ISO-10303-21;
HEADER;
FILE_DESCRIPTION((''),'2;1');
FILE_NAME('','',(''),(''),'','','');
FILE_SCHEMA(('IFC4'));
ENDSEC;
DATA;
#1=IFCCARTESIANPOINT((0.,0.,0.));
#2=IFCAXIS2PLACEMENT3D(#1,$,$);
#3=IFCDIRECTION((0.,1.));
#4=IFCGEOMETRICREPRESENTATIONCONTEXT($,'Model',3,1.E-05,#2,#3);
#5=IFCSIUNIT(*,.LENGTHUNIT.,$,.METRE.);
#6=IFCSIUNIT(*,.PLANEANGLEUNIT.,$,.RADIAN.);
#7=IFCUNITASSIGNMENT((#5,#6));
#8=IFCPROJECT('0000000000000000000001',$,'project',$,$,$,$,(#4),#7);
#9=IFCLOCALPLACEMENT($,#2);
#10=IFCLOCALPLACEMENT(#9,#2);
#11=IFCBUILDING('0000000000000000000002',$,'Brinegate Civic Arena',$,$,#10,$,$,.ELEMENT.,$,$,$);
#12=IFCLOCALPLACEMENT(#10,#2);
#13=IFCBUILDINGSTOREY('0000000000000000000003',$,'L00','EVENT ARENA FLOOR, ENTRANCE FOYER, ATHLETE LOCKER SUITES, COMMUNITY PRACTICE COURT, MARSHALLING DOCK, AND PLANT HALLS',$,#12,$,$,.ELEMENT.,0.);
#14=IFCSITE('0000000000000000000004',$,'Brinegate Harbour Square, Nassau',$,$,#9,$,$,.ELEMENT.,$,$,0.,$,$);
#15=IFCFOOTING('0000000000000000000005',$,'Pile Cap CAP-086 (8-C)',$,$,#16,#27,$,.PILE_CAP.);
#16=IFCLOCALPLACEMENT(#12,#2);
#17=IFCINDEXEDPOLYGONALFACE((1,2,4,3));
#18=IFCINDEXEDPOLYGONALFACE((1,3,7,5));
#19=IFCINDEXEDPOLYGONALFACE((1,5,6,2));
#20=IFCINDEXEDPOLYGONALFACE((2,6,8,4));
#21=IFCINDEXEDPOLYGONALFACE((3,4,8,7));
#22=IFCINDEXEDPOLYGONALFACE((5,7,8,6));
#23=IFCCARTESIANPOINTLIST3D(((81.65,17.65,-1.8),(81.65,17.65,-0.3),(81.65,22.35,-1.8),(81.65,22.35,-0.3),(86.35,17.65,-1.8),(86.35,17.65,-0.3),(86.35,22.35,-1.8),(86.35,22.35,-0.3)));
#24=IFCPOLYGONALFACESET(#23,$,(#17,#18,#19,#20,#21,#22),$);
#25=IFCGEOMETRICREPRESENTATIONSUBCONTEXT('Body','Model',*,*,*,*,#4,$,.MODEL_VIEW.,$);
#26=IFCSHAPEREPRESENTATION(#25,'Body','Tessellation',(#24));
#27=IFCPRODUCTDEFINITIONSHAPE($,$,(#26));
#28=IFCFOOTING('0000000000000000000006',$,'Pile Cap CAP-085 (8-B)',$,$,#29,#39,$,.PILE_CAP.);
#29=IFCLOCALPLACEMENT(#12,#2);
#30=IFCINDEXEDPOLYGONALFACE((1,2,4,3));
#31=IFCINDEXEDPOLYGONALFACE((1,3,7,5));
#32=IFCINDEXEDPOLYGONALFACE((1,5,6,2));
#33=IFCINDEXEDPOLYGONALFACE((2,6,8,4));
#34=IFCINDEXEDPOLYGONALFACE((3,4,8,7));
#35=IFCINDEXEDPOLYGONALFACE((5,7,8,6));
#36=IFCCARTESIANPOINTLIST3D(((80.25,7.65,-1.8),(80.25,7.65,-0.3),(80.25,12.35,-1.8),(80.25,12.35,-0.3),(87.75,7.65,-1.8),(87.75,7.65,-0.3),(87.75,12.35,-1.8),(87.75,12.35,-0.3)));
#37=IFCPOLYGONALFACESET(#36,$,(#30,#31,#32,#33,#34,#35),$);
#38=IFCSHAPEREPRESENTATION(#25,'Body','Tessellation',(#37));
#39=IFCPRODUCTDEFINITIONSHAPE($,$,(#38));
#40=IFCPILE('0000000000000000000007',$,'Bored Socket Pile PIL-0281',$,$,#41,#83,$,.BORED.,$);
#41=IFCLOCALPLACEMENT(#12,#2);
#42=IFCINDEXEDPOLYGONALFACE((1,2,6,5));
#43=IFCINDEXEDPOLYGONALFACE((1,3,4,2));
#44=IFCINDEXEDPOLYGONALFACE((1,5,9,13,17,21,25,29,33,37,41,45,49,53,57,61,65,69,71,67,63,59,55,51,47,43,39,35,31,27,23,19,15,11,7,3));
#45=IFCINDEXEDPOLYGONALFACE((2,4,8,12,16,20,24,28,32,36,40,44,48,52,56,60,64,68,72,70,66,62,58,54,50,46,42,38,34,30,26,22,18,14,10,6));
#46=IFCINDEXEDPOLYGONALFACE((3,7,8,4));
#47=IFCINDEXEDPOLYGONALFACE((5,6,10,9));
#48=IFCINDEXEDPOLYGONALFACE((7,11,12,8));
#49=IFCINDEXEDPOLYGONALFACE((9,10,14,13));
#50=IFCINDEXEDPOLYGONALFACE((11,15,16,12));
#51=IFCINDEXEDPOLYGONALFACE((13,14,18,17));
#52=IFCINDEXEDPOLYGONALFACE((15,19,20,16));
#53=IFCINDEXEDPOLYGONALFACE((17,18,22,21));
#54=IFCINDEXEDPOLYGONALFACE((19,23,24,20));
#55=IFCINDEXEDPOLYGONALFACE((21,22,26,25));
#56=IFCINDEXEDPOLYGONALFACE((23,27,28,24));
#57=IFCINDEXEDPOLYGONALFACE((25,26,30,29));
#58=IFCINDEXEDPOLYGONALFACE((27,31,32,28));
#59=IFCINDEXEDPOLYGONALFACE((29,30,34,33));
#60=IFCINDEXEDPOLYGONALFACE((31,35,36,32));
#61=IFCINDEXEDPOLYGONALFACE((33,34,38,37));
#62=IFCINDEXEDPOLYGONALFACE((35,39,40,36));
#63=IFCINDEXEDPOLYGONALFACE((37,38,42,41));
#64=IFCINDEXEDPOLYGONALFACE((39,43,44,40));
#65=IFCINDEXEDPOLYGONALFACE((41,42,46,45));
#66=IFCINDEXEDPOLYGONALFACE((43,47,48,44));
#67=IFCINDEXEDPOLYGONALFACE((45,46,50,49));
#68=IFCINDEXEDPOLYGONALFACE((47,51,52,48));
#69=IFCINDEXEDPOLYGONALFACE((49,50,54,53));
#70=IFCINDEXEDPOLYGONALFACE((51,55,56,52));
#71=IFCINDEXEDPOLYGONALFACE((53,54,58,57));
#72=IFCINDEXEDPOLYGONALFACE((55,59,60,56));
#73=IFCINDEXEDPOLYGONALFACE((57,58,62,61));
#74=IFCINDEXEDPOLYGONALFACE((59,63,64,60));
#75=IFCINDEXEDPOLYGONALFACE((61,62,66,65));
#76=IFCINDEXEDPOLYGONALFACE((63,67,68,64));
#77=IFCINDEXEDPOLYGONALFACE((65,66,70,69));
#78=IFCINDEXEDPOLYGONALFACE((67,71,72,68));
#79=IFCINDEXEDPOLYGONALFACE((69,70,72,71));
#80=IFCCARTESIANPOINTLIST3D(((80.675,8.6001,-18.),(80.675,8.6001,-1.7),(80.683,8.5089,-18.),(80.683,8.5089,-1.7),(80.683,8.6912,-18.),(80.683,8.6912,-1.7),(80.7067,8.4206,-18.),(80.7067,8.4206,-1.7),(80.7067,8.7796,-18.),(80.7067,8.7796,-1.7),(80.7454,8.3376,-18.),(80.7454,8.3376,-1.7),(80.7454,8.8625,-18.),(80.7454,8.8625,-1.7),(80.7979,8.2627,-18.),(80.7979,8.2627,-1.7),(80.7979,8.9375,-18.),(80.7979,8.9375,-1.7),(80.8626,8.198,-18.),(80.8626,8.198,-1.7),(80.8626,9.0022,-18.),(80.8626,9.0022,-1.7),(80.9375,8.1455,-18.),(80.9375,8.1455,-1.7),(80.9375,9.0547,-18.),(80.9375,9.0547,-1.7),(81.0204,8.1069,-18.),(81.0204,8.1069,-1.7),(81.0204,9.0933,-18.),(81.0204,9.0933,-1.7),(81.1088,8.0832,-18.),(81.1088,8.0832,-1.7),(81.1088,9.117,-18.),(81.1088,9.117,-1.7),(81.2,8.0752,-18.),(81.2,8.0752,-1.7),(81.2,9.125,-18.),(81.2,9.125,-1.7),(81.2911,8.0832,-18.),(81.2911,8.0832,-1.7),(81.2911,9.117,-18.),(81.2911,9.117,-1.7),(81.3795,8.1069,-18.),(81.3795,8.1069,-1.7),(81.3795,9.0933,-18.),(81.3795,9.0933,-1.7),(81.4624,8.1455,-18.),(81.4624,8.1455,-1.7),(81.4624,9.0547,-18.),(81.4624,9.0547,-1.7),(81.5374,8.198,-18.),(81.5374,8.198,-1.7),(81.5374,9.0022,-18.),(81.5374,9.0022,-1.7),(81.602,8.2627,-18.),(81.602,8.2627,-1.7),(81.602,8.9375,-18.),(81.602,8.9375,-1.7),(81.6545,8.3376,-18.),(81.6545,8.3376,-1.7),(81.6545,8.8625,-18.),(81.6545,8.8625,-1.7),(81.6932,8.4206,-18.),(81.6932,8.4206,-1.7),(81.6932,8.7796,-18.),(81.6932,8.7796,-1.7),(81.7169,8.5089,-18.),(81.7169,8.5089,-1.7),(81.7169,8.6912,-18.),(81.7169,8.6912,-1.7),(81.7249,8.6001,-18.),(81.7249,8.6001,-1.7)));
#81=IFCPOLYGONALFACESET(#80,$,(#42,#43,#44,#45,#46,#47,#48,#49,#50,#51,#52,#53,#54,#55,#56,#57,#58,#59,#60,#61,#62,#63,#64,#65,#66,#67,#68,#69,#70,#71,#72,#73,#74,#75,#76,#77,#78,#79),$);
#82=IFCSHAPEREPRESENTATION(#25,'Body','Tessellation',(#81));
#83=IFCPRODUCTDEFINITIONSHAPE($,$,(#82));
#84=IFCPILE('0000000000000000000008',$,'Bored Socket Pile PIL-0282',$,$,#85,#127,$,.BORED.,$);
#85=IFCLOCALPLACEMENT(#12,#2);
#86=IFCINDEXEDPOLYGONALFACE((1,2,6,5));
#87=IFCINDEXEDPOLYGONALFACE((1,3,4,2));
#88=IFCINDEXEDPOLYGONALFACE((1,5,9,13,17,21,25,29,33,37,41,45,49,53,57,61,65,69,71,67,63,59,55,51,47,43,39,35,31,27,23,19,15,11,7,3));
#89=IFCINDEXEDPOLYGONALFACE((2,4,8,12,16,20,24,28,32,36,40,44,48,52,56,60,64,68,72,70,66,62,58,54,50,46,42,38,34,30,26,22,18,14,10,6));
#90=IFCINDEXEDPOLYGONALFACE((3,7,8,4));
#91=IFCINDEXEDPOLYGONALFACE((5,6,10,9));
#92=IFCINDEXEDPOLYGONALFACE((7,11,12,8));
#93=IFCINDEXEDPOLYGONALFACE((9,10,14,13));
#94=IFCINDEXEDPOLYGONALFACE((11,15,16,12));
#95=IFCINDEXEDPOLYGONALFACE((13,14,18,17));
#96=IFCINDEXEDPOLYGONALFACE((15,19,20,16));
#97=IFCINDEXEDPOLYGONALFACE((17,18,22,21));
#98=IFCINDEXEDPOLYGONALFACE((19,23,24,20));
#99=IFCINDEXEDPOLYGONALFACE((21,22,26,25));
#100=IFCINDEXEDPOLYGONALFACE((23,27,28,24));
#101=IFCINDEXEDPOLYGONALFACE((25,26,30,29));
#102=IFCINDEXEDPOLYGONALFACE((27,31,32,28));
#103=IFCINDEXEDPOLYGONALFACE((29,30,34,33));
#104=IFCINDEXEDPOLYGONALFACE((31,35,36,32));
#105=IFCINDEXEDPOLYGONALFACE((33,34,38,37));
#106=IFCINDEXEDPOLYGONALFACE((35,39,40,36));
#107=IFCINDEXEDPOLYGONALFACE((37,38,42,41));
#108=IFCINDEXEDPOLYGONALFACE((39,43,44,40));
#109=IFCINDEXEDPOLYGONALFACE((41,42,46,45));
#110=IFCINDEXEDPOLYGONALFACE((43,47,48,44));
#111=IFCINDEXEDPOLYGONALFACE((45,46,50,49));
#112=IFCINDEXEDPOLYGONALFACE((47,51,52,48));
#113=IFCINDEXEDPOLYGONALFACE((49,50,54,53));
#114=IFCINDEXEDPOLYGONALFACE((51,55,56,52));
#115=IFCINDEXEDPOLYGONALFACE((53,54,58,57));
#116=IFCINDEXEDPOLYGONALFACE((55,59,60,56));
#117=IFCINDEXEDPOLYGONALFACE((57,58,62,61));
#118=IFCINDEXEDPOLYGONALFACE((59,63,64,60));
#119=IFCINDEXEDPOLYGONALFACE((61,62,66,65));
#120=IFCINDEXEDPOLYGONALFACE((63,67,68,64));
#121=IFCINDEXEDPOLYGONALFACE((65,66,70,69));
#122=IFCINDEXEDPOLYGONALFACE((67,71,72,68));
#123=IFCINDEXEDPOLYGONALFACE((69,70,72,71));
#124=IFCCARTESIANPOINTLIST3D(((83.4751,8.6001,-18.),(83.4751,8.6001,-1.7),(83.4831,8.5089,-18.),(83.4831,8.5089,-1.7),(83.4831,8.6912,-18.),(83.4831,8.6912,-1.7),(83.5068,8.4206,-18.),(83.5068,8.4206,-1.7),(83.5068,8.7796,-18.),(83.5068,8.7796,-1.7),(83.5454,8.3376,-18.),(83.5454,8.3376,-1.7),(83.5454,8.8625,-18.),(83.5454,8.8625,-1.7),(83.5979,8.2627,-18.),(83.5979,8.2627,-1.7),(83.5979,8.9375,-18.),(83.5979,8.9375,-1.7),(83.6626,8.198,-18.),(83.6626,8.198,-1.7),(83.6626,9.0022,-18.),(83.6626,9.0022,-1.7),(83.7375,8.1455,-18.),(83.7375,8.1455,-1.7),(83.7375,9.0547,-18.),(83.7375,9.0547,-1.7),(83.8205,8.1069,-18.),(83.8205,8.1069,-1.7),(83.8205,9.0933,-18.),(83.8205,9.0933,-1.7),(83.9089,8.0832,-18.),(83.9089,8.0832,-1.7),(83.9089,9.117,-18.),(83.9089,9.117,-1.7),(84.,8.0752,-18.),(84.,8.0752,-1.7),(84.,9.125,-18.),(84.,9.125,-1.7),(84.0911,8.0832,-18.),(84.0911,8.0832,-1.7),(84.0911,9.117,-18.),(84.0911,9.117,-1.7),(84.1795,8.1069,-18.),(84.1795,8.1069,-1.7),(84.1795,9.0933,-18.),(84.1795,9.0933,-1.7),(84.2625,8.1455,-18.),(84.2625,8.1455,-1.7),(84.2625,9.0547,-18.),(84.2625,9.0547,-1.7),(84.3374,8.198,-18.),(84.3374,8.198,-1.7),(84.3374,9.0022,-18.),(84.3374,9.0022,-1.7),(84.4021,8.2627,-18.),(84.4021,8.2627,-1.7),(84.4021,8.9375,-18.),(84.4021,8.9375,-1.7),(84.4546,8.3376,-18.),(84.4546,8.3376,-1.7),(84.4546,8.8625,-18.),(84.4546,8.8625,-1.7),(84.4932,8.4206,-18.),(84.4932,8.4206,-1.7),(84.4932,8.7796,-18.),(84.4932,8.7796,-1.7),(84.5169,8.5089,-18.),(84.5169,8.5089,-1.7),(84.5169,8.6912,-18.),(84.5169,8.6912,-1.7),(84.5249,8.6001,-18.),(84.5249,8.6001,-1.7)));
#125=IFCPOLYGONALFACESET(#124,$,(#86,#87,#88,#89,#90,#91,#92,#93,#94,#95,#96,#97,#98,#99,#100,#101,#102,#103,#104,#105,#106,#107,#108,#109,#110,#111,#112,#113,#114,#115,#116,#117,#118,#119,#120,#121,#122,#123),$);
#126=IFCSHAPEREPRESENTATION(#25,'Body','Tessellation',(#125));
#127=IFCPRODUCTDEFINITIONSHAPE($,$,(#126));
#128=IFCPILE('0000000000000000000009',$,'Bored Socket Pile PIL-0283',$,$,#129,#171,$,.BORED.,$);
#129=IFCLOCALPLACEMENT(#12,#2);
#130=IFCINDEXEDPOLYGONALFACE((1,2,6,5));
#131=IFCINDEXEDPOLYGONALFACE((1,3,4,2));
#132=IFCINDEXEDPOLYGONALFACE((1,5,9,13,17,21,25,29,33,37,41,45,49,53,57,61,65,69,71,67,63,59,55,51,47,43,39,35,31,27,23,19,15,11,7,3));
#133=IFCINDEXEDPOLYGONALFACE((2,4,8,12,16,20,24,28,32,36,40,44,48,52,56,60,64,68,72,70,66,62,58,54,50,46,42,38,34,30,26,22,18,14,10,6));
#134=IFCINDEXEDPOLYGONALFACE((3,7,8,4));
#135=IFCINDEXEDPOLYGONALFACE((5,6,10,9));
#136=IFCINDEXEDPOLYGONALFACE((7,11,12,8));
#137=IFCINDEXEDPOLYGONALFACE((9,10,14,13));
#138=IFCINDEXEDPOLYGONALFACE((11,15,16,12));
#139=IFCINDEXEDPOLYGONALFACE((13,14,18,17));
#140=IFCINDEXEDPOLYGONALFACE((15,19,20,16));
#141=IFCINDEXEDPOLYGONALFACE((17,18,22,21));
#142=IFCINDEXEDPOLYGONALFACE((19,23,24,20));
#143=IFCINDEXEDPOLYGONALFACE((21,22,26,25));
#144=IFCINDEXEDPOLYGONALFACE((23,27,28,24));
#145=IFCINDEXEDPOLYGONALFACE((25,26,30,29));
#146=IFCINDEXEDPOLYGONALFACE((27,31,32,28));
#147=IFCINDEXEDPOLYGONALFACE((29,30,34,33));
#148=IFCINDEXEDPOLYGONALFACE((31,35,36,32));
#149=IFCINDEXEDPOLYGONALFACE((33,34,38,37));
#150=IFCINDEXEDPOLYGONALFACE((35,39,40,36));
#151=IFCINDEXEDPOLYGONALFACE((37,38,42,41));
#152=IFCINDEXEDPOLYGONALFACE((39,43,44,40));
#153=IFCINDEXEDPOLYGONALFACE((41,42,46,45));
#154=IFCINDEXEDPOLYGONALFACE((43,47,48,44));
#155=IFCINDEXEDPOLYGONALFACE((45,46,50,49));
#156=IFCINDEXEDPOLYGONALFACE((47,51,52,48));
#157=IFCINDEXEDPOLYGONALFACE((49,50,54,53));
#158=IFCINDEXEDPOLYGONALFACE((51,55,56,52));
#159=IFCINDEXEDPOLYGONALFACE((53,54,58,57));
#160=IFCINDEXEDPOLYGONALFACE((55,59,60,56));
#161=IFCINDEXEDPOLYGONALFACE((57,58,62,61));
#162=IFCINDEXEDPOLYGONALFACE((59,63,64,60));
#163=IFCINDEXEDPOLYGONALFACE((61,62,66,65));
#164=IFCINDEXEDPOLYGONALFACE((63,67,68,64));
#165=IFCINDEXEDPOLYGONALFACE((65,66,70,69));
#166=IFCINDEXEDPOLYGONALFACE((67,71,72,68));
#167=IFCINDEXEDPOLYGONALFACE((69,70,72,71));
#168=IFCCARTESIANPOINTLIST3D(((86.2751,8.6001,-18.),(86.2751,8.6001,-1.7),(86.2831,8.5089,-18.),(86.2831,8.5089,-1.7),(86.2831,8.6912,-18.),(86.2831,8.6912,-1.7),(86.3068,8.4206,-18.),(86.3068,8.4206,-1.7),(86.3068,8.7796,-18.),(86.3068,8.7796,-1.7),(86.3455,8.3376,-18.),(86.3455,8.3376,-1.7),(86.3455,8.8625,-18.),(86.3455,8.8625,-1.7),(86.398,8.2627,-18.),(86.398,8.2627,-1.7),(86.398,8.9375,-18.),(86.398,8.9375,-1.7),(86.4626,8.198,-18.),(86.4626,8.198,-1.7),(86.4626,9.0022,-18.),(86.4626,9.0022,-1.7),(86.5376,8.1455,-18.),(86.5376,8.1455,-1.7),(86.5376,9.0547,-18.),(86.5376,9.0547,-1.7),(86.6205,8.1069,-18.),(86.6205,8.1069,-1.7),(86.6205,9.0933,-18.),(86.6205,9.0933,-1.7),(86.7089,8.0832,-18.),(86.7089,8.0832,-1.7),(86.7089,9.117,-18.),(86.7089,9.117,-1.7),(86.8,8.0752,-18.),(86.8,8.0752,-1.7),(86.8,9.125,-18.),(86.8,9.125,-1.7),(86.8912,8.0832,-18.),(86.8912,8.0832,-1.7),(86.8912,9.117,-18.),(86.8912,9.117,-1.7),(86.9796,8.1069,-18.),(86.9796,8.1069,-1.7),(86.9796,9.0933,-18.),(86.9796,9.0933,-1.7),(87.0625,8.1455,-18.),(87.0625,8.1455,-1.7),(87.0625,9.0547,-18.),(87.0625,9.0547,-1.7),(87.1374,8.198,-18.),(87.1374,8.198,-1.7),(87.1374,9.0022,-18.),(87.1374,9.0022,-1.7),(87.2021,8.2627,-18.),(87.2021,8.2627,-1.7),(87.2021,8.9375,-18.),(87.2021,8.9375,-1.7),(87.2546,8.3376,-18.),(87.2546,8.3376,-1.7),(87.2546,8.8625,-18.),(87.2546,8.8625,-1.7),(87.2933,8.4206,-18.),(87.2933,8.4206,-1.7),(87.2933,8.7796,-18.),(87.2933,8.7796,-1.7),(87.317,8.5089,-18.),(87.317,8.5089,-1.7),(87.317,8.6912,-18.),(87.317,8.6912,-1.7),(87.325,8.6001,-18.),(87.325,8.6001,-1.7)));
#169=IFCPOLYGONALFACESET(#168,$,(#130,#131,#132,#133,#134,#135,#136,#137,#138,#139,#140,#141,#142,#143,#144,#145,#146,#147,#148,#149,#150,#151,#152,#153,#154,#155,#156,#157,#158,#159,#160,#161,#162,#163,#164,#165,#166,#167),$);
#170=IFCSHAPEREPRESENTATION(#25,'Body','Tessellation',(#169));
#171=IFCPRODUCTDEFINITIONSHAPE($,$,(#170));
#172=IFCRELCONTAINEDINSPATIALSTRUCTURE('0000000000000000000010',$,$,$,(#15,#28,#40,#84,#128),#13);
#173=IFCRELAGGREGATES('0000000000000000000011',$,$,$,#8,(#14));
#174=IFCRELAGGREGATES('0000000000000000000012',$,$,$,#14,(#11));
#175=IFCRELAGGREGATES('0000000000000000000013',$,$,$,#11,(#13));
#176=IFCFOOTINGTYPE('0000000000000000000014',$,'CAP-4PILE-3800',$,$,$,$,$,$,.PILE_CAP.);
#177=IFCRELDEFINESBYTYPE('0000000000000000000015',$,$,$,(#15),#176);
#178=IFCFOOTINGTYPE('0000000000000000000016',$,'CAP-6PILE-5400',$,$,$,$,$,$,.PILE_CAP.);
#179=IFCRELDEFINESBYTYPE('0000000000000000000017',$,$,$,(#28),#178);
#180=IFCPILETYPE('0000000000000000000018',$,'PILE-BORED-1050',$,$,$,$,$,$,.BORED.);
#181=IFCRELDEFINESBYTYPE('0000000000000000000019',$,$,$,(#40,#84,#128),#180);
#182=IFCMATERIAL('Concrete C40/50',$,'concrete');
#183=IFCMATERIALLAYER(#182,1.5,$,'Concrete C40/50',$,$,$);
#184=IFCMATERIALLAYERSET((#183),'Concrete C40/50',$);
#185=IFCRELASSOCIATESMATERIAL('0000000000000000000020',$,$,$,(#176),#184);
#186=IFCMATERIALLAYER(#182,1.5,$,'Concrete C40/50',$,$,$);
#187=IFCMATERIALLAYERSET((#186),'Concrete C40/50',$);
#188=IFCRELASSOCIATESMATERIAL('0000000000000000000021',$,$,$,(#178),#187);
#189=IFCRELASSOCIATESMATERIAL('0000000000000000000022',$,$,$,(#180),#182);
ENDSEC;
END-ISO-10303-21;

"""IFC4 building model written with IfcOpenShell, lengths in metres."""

from ifc_helpers import new_model, si_unit, direction, frame, origin, origin_2d, place, context, subcontext, project, spatial, rectangle, circle, extrude, material, layer, layer_set, material_profile, profile_set, type_object, element, save


model = new_model("IFC4")

# Units and contexts
model_context = context("Model", 3, precision=1e-05, world=origin(), true_north=direction((0.0, 1.0)))
body_context = subcontext(model_context, "Body", "Model", "MODEL_VIEW")
ifc_project = project(units=[si_unit("LENGTHUNIT", "METRE"), si_unit("PLANEANGLEUNIT", "RADIAN")], contexts=[model_context])

# Site, building, storey
site_placement = place(None, origin())
site = spatial("IfcSite", under=ifc_project, at=site_placement, Name="Brinegate Harbour Square, Nassau", CompositionType="ELEMENT", RefElevation=0.0)
building_placement = place(site_placement, origin())
building = spatial("IfcBuilding", under=site, at=building_placement, Name="Brinegate Civic Arena", CompositionType="ELEMENT")
storey_placement = place(building_placement, origin())
storey = spatial("IfcBuildingStorey", under=building, at=storey_placement, Name="L00", Description="EVENT ARENA FLOOR, ENTRANCE FOYER, ATHLETE LOCKER SUITES, COMMUNITY PRACTICE COURT, MARSHALLING DOCK, AND PLANT HALLS", CompositionType="ELEMENT", Elevation=0.0)

# Footings
ifc_material_1 = material(Name="Concrete C40/50", Category="concrete")
ifc_layer_1 = layer(ifc_material_1, 1.5, Name="Concrete C40/50")
ifc_layer_set_1 = layer_set([ifc_layer_1], Name="Concrete C40/50")
footing_type_1 = type_object("IfcFootingType", Name="CAP-4PILE-3800", PredefinedType="PILE_CAP", material=ifc_layer_set_1)
footing_1_placement = place(storey_placement, frame((84.0, 20.0, -1.8), z_axis=(0.0, 0.0, 1.0), x_axis=(1.0, 0.0, 0.0)))
element("IfcFooting", 1, at=footing_1_placement, inside=storey, type_object=footing_type_1, Name="Pile Cap CAP-086 (8-C)", PredefinedType="PILE_CAP", context=body_context, shape_type="SweptSolid", body=[
    extrude(rectangle(XDim=4.7, YDim=4.7, at=origin_2d()), origin(), (0.0, 0.0, 1.0), 1.5),
])
ifc_layer_2 = layer(ifc_material_1, 1.5, Name="Concrete C40/50")
ifc_layer_set_2 = layer_set([ifc_layer_2], Name="Concrete C40/50")
footing_type_2 = type_object("IfcFootingType", Name="CAP-6PILE-5400", PredefinedType="PILE_CAP", material=ifc_layer_set_2)
footing_2_placement = place(storey_placement, frame((84.0, 10.0, -1.8), z_axis=(0.0, 0.0, 1.0), x_axis=(1.0, 0.0, 0.0)))
element("IfcFooting", 2, at=footing_2_placement, inside=storey, type_object=footing_type_2, Name="Pile Cap CAP-085 (8-B)", PredefinedType="PILE_CAP", context=body_context, shape_type="SweptSolid", body=[
    extrude(rectangle(XDim=7.5, YDim=4.7, at=origin_2d()), origin(), (0.0, 0.0, 1.0), 1.5),
])

# Piles
ifc_material_profile_1 = material_profile(ifc_material_1, circle(Radius=0.5249, at=origin_2d()), Name="PILED1050")
ifc_profile_set_1 = profile_set([ifc_material_profile_1], Name="Concrete C40/50")
pile_type_1 = type_object("IfcPileType", Name="PILE-BORED-1050", PredefinedType="BORED", material=ifc_profile_set_1)
for number, where, z_axis, x_axis, name in (
    (3, (81.2, 8.6001, -1.7), (0.0, 0.0, -1.0), (1.0, 0.0, 0.0), "Bored Socket Pile PIL-0281"),
    (4, (84.0, 8.6001, -1.7), (0.0, 0.0, -1.0), (1.0, 0.0, 0.0), "Bored Socket Pile PIL-0282"),
    (5, (86.8, 8.6001, -1.7), (0.0, 0.0, -1.0), (1.0, 0.0, 0.0), "Bored Socket Pile PIL-0283"),
):
    element("IfcPile", number, at=place(storey_placement, frame(where, z_axis=z_axis, x_axis=x_axis)), inside=storey, type_object=pile_type_1, Name=name, PredefinedType="BORED", context=body_context, shape_type="SweptSolid", body=[
        extrude(circle(Radius=0.5249, at=origin_2d()), origin(), (0.0, 0.0, 1.0), 16.3),
    ])

save(model, "model.ifc")
